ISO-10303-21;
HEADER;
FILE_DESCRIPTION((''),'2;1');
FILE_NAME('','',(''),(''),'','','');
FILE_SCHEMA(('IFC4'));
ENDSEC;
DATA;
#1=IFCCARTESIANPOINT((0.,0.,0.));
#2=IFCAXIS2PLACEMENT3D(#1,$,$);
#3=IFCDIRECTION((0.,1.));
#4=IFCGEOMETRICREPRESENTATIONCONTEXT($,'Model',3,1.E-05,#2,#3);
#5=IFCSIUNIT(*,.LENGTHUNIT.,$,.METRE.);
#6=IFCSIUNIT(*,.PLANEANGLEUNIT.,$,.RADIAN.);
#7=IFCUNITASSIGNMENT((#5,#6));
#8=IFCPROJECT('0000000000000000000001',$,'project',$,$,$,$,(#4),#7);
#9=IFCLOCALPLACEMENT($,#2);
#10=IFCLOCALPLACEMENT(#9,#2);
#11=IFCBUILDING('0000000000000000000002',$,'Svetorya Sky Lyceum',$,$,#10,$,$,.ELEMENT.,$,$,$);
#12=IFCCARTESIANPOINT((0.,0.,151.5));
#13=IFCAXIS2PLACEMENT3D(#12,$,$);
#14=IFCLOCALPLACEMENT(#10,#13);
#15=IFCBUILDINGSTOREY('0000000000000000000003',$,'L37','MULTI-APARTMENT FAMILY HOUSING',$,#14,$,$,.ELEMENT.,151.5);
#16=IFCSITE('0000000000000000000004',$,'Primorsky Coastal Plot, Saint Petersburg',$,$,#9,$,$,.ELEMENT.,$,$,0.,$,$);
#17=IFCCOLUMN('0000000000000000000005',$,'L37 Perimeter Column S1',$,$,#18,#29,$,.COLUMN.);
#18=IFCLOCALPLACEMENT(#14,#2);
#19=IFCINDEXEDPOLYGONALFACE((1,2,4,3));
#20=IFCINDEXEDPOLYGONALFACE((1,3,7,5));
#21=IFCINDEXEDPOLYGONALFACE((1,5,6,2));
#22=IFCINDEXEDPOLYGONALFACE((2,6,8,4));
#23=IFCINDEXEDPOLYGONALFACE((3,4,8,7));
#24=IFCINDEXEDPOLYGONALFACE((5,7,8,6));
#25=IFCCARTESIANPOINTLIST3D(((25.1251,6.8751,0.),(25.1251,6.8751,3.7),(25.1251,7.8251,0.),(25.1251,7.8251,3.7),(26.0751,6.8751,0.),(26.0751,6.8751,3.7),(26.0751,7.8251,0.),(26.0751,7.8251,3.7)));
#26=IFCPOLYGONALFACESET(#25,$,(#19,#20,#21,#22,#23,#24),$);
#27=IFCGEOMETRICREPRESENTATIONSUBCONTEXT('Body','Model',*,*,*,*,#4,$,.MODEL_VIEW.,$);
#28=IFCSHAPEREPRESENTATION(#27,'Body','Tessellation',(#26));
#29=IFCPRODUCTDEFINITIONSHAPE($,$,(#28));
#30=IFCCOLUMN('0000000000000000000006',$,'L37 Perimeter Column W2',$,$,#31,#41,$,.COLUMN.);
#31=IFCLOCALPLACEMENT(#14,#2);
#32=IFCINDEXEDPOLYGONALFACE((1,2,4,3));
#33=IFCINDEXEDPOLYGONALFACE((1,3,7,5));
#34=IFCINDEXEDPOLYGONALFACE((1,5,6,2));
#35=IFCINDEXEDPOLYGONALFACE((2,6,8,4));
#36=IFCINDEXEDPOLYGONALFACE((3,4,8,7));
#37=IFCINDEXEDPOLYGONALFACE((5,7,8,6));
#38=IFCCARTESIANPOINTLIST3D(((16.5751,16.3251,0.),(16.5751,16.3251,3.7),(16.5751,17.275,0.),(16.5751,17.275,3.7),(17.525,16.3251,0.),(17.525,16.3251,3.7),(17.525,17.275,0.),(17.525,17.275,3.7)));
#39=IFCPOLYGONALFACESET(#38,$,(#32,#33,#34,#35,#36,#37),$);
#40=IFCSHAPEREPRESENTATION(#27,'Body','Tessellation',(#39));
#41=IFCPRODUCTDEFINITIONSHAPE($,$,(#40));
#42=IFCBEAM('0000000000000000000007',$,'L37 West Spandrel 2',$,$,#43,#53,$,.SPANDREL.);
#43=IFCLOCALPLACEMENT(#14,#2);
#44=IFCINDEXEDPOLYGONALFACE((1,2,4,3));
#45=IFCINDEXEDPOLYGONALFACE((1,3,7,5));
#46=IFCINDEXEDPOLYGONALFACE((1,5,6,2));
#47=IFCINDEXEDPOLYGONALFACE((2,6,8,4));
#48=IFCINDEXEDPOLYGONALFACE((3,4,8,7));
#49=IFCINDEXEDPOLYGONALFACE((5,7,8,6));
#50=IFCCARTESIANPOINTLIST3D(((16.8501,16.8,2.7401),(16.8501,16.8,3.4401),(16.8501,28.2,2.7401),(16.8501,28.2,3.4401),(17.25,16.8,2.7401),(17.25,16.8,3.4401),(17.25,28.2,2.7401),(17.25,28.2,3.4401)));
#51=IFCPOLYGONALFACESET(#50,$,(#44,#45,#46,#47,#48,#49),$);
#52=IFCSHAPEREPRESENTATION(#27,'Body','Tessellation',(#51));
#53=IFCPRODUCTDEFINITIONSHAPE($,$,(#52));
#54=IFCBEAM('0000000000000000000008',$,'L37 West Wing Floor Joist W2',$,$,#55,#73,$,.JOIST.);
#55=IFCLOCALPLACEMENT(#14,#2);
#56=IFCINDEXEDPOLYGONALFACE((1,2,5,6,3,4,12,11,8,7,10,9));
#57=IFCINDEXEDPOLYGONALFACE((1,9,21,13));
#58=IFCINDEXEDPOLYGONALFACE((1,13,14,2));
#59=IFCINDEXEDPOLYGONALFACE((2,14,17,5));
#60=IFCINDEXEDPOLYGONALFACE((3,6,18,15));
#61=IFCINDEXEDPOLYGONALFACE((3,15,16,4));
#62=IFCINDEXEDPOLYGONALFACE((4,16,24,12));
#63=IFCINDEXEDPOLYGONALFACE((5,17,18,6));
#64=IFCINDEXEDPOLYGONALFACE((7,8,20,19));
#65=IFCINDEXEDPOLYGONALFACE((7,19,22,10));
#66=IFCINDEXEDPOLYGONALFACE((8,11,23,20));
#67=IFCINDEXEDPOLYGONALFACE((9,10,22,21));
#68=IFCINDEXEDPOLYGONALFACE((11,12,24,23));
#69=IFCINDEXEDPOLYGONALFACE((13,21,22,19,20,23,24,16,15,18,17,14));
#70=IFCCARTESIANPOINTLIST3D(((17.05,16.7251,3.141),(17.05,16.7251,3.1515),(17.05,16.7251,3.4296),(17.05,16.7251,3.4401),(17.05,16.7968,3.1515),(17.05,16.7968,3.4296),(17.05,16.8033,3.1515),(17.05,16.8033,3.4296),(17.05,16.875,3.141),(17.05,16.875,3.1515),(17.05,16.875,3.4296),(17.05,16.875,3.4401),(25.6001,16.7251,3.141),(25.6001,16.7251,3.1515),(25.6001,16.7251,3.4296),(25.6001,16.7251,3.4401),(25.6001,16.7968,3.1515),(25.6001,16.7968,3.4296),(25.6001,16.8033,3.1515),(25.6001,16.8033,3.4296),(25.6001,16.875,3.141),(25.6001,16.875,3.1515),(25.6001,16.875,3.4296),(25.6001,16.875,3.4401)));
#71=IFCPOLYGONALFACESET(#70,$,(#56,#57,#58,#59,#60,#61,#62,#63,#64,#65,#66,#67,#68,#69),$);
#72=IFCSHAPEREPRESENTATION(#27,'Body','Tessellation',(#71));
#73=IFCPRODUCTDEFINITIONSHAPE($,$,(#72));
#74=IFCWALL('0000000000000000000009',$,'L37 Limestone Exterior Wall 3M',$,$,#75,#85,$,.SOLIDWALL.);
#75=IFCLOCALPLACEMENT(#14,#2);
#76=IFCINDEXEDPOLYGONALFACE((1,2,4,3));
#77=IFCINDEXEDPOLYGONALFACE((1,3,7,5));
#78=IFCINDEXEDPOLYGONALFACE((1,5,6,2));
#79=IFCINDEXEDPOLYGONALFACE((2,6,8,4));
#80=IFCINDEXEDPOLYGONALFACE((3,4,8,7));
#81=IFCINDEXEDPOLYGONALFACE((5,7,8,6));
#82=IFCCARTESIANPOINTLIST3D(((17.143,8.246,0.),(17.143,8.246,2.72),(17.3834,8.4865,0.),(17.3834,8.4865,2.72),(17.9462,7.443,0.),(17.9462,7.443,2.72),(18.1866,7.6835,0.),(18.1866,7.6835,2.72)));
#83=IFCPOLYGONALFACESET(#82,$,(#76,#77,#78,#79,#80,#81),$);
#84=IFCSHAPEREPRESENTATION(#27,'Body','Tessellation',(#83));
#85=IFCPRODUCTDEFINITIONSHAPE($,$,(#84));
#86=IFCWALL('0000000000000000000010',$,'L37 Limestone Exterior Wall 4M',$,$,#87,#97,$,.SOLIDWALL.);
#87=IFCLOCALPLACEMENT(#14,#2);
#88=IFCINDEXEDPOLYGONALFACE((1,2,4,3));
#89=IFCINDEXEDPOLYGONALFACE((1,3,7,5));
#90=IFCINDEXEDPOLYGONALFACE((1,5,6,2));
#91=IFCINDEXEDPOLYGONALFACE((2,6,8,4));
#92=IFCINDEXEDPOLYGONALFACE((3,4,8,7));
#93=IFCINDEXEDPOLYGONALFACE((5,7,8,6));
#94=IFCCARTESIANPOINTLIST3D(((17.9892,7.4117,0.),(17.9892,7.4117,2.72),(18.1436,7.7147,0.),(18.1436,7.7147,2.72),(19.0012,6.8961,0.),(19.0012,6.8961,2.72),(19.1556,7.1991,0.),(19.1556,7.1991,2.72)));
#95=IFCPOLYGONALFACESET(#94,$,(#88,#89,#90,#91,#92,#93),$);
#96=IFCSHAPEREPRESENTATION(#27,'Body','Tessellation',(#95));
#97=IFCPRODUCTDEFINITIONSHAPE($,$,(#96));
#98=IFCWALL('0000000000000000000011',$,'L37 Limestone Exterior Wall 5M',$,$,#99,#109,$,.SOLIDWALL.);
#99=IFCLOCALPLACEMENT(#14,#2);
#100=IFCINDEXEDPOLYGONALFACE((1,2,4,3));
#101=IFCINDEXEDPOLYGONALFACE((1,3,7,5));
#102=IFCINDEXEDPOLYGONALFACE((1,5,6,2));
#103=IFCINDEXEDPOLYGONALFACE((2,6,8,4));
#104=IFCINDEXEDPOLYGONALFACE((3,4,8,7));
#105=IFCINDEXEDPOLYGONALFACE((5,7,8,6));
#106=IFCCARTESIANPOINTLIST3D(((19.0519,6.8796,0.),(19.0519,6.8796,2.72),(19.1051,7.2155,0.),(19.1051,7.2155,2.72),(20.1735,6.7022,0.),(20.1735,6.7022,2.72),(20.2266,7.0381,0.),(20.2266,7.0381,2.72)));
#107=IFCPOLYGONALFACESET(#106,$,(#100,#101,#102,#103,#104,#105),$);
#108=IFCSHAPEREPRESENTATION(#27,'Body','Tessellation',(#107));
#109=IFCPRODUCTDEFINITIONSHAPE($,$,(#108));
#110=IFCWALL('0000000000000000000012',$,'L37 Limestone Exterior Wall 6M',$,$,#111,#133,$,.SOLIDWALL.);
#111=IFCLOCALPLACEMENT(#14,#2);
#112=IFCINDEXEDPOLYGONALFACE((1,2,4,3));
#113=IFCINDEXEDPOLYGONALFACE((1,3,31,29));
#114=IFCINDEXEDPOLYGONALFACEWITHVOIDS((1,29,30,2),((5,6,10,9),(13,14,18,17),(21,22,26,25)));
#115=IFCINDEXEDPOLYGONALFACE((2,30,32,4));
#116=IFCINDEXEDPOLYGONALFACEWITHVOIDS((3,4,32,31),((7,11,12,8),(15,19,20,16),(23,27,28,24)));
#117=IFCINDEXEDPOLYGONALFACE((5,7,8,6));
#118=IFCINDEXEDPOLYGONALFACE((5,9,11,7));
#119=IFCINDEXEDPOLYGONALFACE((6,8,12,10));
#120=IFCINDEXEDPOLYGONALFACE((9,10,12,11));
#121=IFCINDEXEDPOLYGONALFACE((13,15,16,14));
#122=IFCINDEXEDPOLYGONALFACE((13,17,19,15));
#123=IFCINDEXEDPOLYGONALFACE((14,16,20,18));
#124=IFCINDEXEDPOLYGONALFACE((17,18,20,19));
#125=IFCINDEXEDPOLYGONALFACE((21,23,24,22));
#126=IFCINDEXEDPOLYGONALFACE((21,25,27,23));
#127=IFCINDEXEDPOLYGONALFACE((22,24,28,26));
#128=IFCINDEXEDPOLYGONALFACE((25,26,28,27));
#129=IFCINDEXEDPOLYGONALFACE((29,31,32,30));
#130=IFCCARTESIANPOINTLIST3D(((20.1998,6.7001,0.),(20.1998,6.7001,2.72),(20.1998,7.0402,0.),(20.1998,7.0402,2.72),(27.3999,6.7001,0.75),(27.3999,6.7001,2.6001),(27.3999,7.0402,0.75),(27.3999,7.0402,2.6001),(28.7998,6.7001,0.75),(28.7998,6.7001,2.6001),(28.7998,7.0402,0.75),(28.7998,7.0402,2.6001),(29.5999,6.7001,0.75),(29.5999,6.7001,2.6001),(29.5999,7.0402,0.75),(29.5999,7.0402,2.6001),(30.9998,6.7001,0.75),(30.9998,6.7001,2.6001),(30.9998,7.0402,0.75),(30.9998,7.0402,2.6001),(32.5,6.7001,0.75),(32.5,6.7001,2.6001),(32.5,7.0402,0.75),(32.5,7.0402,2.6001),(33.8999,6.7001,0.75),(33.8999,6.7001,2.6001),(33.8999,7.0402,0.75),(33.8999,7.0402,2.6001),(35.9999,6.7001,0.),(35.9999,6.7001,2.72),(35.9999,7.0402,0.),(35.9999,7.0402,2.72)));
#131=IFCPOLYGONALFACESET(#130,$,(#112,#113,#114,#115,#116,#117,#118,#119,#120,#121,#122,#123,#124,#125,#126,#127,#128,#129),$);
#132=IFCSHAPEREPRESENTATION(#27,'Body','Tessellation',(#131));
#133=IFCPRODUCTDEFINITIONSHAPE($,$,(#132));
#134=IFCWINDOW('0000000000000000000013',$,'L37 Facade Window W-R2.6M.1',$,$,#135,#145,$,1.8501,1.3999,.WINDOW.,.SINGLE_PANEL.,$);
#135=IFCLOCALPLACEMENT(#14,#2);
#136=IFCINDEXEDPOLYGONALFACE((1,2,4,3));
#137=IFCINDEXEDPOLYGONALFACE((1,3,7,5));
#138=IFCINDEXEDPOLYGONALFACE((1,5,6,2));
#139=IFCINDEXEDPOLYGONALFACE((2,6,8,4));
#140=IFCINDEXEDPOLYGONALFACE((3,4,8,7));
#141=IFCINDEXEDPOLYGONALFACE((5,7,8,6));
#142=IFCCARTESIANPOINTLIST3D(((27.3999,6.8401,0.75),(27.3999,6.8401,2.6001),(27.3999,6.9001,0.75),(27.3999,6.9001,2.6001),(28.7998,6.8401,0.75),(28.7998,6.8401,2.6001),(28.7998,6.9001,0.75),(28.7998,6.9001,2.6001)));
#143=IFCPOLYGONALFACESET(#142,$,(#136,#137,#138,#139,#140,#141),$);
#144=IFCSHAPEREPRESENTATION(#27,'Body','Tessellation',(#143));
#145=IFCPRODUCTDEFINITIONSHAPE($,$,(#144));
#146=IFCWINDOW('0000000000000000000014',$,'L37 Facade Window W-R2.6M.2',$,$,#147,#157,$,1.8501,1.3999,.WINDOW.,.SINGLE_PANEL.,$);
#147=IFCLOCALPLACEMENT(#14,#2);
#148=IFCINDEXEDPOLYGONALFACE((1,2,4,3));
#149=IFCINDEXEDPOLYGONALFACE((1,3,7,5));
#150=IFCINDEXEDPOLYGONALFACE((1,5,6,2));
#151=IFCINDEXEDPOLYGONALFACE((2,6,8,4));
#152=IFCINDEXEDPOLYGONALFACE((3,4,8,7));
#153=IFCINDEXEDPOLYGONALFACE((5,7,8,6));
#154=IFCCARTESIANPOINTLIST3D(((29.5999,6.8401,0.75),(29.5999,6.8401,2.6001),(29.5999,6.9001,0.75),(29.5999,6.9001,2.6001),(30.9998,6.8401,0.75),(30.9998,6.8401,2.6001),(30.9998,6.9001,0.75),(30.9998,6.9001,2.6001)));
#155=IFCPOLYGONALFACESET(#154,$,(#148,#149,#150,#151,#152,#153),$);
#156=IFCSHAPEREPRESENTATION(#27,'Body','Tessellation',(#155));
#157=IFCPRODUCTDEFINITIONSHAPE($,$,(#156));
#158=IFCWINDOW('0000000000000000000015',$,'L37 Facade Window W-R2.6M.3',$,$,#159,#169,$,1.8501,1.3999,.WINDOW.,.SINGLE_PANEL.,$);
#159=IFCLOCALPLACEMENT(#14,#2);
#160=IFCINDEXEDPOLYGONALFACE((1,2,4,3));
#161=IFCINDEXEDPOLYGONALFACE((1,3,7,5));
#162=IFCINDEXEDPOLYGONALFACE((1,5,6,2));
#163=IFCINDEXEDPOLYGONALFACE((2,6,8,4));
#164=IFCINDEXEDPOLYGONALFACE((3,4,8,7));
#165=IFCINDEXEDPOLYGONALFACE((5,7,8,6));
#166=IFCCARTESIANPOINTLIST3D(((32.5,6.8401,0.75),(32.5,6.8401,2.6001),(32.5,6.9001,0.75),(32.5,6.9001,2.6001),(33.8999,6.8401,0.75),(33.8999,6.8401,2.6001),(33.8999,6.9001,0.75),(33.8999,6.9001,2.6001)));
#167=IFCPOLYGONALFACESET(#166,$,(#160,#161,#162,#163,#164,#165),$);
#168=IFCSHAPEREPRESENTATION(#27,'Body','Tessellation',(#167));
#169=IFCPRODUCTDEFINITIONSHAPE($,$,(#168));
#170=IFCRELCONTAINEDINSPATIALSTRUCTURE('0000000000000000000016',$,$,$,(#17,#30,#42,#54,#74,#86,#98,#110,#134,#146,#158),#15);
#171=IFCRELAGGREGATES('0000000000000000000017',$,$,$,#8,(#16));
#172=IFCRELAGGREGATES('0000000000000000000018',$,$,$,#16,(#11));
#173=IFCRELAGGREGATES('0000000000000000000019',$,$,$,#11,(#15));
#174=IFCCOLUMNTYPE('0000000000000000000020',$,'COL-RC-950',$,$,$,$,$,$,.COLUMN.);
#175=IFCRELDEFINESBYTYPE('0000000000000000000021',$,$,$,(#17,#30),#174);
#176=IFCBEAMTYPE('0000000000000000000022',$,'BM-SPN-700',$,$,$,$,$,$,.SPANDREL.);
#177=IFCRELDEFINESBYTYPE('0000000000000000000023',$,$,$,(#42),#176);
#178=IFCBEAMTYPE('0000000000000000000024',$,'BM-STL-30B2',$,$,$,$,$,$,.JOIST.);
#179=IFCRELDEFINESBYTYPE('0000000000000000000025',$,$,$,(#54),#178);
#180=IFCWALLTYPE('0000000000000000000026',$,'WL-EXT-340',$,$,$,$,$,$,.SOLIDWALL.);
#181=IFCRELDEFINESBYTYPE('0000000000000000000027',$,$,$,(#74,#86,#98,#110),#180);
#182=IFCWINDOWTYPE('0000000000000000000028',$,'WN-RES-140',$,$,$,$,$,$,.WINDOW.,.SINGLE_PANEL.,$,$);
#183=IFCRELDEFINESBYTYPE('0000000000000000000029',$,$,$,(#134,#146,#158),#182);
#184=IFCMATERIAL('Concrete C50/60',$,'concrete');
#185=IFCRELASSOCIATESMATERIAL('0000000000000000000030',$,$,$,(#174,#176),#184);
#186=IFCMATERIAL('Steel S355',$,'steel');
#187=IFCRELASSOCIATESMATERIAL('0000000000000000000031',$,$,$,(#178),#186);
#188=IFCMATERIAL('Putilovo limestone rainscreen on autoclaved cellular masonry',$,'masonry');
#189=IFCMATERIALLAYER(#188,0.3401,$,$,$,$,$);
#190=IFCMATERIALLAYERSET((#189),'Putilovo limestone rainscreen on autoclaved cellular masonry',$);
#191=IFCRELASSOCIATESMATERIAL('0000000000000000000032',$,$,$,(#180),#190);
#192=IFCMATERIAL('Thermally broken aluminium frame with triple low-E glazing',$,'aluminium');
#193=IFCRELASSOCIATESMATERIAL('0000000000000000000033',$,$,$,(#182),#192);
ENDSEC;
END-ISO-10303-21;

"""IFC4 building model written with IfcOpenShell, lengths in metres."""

from ifc_helpers import new_model, si_unit, direction, frame, frame_2d, origin, origin_2d, place, context, subcontext, project, spatial, rectangle, i_section, extrude, material, layer, layer_set, material_profile, profile_set, type_object, element, fill, save


model = new_model("IFC4")

# Units and contexts
model_context = context("Model", 3, precision=1e-05, world=origin(), true_north=direction((0.0, 1.0)))
body_context = subcontext(model_context, "Body", "Model", "MODEL_VIEW")
ifc_project = project(units=[si_unit("LENGTHUNIT", "METRE"), si_unit("PLANEANGLEUNIT", "RADIAN")], contexts=[model_context])

# Site, building, storey
site_placement = place(None, origin())
site = spatial("IfcSite", under=ifc_project, at=site_placement, Name="Primorsky Coastal Plot, Saint Petersburg", CompositionType="ELEMENT", RefElevation=0.0)
building_placement = place(site_placement, origin())
building = spatial("IfcBuilding", under=site, at=building_placement, Name="Svetorya Sky Lyceum", CompositionType="ELEMENT")
storey_placement = place(building_placement, frame((0.0, 0.0, 151.5)))
storey = spatial("IfcBuildingStorey", under=building, at=storey_placement, Name="L37", Description="MULTI-APARTMENT FAMILY HOUSING", CompositionType="ELEMENT", Elevation=151.5)

# Columns
ifc_material_1 = material(Name="Concrete C50/60", Category="concrete")
ifc_material_profile_1 = material_profile(ifc_material_1, rectangle(XDim=0.95, YDim=0.95, at=origin_2d()), Name="RC COL 950x950")
ifc_profile_set_1 = profile_set([ifc_material_profile_1], Name="Concrete C50/60")
column_type = type_object("IfcColumnType", Name="COL-RC-950", PredefinedType="COLUMN", material=ifc_profile_set_1)
for number, where, z_axis, x_axis, name in (
    (1, (25.6001, 7.3501, 0.0), (0.0, 0.0, 1.0), (1.0, 0.0, 0.0), "L37 Perimeter Column S1"),
    (2, (17.05, 16.8, 0.0), (0.0, 0.0, 1.0), (1.0, 0.0, 0.0), "L37 Perimeter Column W2"),
):
    element("IfcColumn", number, at=place(storey_placement, frame(where, z_axis=z_axis, x_axis=x_axis)), inside=storey, type_object=column_type, Name=name, PredefinedType="COLUMN", context=body_context, shape_type="SweptSolid", body=[
        extrude(rectangle(XDim=0.95, YDim=0.95, at=origin_2d()), origin(), (0.0, 0.0, 1.0), 3.7),
    ])

# Beams
ifc_material_profile_2 = material_profile(ifc_material_1, rectangle(XDim=0.3999, YDim=0.7, at=origin_2d()), Name="RC SPANDREL 400x700")
ifc_profile_set_2 = profile_set([ifc_material_profile_2], Name="Concrete C50/60")
beam_type_1 = type_object("IfcBeamType", Name="BM-SPN-700", PredefinedType="SPANDREL", material=ifc_profile_set_2)
beam_1_placement = place(storey_placement, frame((17.05, 16.8, 3.0901), z_axis=(0.0, 1.0, 0.0), x_axis=(-1.0, 0.0, 0.0)))
element("IfcBeam", 3, at=beam_1_placement, inside=storey, type_object=beam_type_1, Name="L37 West Spandrel 2", PredefinedType="SPANDREL", context=body_context, shape_type="SweptSolid", body=[
    extrude(rectangle(XDim=0.3999, YDim=0.7, at=origin_2d()), origin(), (0.0, 0.0, 1.0), 11.3999),
])
ifc_material_2 = material(Name="Steel S355", Category="steel")
ifc_material_profile_3 = material_profile(ifc_material_2, i_section(OverallWidth=0.1499, OverallDepth=0.2991, WebThickness=0.0066, FlangeThickness=0.0105, at=origin_2d()), Name="GOST 30B2")
ifc_profile_set_3 = profile_set([ifc_material_profile_3], Name="Steel S355")
beam_type_2 = type_object("IfcBeamType", Name="BM-STL-30B2", PredefinedType="JOIST", material=ifc_profile_set_3)
beam_2_placement = place(storey_placement, frame((17.05, 16.8, 3.2905), z_axis=(1.0, 0.0, 0.0), x_axis=(0.0, 1.0, 0.0)))
element("IfcBeam", 4, at=beam_2_placement, inside=storey, type_object=beam_type_2, Name="L37 West Wing Floor Joist W2", PredefinedType="JOIST", context=body_context, shape_type="SweptSolid", body=[
    extrude(i_section(OverallWidth=0.1499, OverallDepth=0.2991, WebThickness=0.0066, FlangeThickness=0.0105, at=origin_2d()), origin(), (0.0, 0.0, 1.0), 8.55),
])

# Walls
ifc_material_3 = material(Name="Putilovo limestone rainscreen on autoclaved cellular masonry", Category="masonry")
ifc_layer_1 = layer(ifc_material_3, 0.3401)
ifc_layer_set_1 = layer_set([ifc_layer_1], Name="Putilovo limestone rainscreen on autoclaved cellular masonry")
wall_type_1 = type_object("IfcWallType", Name="WL-EXT-340", PredefinedType="SOLIDWALL", material=ifc_layer_set_1)
for number, where, z_axis, x_axis, name in (
    (5, (17.2632, 8.3662, 0.0), (0.0, 0.0, 1.0), (0.707214, -0.706999, 0.0), "L37 Limestone Exterior Wall 3M"),
    (6, (18.0664, 7.5632, 0.0), (0.0, 0.0, 1.0), (0.891005, -0.453993, 0.0), "L37 Limestone Exterior Wall 4M"),
):
    element("IfcWall", number, at=place(storey_placement, frame(where, z_axis=z_axis, x_axis=x_axis)), inside=storey, type_object=wall_type_1, Name=name, PredefinedType="SOLIDWALL", context=body_context, shape_type="SweptSolid", body=[
        extrude(rectangle(XDim=1.1357, YDim=0.3401, at=frame_2d((0.5679, 0.0))), origin(), (0.0, 0.0, 1.0), 2.72),
    ])
wall_1_placement = place(storey_placement, frame((19.0784, 7.0476, 0.0), z_axis=(0.0, 0.0, 1.0), x_axis=(0.987709, -0.156305, 0.0)))
element("IfcWall", 7, at=wall_1_placement, inside=storey, type_object=wall_type_1, Name="L37 Limestone Exterior Wall 5M", PredefinedType="SOLIDWALL", context=body_context, shape_type="SweptSolid", body=[
    extrude(rectangle(XDim=1.1355, YDim=0.3401, at=frame_2d((0.5679, 0.0))), origin(), (0.0, 0.0, 1.0), 2.72),
])

# Wall, openings, windows
wall_2_placement = place(storey_placement, frame((20.2, 6.8701, 0.0), z_axis=(0.0, 0.0, 1.0), x_axis=(1.0, 0.0, 0.0)))
wall_2 = element("IfcWall", 8, at=wall_2_placement, inside=storey, type_object=wall_type_1, Name="L37 Limestone Exterior Wall 6M", PredefinedType="SOLIDWALL", context=body_context, shape_type="SweptSolid", body=[
    extrude(rectangle(XDim=15.8, YDim=0.3401, at=frame_2d((7.8999, 0.0))), origin(), (0.0, 0.0, 1.0), 2.72),
])
opening_1_placement = place(wall_2_placement, frame((7.2, 0.0, 0.75)))
opening_1 = element("IfcOpeningElement", 9, at=opening_1_placement, cuts=wall_2, PredefinedType="OPENING", context=body_context, shape_type="SweptSolid", body=[
    extrude(rectangle(XDim=1.3999, YDim=1.8501, at=frame_2d((0.7, 0.925))), frame((0.0, 0.1799, 0.0), z_axis=(0.0, -1.0, 0.0), x_axis=(1.0, 0.0, 0.0)), (0.0, 0.0, 1.0), 0.3601),
])
opening_2_placement = place(wall_2_placement, frame((9.3999, 0.0, 0.75)))
opening_2 = element("IfcOpeningElement", 10, at=opening_2_placement, cuts=wall_2, PredefinedType="OPENING", context=body_context, shape_type="SweptSolid", body=[
    extrude(rectangle(XDim=1.3999, YDim=1.8501, at=frame_2d((0.7, 0.925))), frame((0.0, 0.1799, 0.0), z_axis=(0.0, -1.0, 0.0), x_axis=(1.0, 0.0, 0.0)), (0.0, 0.0, 1.0), 0.3601),
])
opening_3_placement = place(wall_2_placement, frame((12.3, 0.0, 0.75)))
opening_3 = element("IfcOpeningElement", 11, at=opening_3_placement, cuts=wall_2, PredefinedType="OPENING", context=body_context, shape_type="SweptSolid", body=[
    extrude(rectangle(XDim=1.3999, YDim=1.8501, at=frame_2d((0.7, 0.925))), frame((0.0, 0.1799, 0.0), z_axis=(0.0, -1.0, 0.0), x_axis=(1.0, 0.0, 0.0)), (0.0, 0.0, 1.0), 0.3601),
])
ifc_material_4 = material(Name="Thermally broken aluminium frame with triple low-E glazing", Category="aluminium")
window_type = type_object("IfcWindowType", Name="WN-RES-140", PartitioningType="SINGLE_PANEL", PredefinedType="WINDOW", material=ifc_material_4)
window_1_placement = place(opening_1_placement, origin())
window_1 = element("IfcWindow", 12, at=window_1_placement, inside=storey, type_object=window_type, Name="L37 Facade Window W-R2.6M.1", OverallHeight=1.8501, OverallWidth=1.3999, PartitioningType="SINGLE_PANEL", PredefinedType="WINDOW", context=body_context, shape_type="SweptSolid", body=[
    extrude(rectangle(XDim=1.3999, YDim=1.8501, at=frame_2d((0.7, 0.925))), frame((0.0, 0.03, 0.0), z_axis=(0.0, -1.0, 0.0), x_axis=(1.0, 0.0, 0.0)), (0.0, 0.0, 1.0), 0.0601),
])
fill(opening_1, window_1)
window_2_placement = place(opening_2_placement, origin())
window_2 = element("IfcWindow", 13, at=window_2_placement, inside=storey, type_object=window_type, Name="L37 Facade Window W-R2.6M.2", OverallHeight=1.8501, OverallWidth=1.3999, PartitioningType="SINGLE_PANEL", PredefinedType="WINDOW", context=body_context, shape_type="SweptSolid", body=[
    extrude(rectangle(XDim=1.3999, YDim=1.8501, at=frame_2d((0.7, 0.925))), frame((0.0, 0.03, 0.0), z_axis=(0.0, -1.0, 0.0), x_axis=(1.0, 0.0, 0.0)), (0.0, 0.0, 1.0), 0.0601),
])
fill(opening_2, window_2)
window_3_placement = place(opening_3_placement, origin())
window_3 = element("IfcWindow", 14, at=window_3_placement, inside=storey, type_object=window_type, Name="L37 Facade Window W-R2.6M.3", OverallHeight=1.8501, OverallWidth=1.3999, PartitioningType="SINGLE_PANEL", PredefinedType="WINDOW", context=body_context, shape_type="SweptSolid", body=[
    extrude(rectangle(XDim=1.3999, YDim=1.8501, at=frame_2d((0.7, 0.925))), frame((0.0, 0.03, 0.0), z_axis=(0.0, -1.0, 0.0), x_axis=(1.0, 0.0, 0.0)), (0.0, 0.0, 1.0), 0.0601),
])
fill(opening_3, window_3)

save(model, "model.ifc")
